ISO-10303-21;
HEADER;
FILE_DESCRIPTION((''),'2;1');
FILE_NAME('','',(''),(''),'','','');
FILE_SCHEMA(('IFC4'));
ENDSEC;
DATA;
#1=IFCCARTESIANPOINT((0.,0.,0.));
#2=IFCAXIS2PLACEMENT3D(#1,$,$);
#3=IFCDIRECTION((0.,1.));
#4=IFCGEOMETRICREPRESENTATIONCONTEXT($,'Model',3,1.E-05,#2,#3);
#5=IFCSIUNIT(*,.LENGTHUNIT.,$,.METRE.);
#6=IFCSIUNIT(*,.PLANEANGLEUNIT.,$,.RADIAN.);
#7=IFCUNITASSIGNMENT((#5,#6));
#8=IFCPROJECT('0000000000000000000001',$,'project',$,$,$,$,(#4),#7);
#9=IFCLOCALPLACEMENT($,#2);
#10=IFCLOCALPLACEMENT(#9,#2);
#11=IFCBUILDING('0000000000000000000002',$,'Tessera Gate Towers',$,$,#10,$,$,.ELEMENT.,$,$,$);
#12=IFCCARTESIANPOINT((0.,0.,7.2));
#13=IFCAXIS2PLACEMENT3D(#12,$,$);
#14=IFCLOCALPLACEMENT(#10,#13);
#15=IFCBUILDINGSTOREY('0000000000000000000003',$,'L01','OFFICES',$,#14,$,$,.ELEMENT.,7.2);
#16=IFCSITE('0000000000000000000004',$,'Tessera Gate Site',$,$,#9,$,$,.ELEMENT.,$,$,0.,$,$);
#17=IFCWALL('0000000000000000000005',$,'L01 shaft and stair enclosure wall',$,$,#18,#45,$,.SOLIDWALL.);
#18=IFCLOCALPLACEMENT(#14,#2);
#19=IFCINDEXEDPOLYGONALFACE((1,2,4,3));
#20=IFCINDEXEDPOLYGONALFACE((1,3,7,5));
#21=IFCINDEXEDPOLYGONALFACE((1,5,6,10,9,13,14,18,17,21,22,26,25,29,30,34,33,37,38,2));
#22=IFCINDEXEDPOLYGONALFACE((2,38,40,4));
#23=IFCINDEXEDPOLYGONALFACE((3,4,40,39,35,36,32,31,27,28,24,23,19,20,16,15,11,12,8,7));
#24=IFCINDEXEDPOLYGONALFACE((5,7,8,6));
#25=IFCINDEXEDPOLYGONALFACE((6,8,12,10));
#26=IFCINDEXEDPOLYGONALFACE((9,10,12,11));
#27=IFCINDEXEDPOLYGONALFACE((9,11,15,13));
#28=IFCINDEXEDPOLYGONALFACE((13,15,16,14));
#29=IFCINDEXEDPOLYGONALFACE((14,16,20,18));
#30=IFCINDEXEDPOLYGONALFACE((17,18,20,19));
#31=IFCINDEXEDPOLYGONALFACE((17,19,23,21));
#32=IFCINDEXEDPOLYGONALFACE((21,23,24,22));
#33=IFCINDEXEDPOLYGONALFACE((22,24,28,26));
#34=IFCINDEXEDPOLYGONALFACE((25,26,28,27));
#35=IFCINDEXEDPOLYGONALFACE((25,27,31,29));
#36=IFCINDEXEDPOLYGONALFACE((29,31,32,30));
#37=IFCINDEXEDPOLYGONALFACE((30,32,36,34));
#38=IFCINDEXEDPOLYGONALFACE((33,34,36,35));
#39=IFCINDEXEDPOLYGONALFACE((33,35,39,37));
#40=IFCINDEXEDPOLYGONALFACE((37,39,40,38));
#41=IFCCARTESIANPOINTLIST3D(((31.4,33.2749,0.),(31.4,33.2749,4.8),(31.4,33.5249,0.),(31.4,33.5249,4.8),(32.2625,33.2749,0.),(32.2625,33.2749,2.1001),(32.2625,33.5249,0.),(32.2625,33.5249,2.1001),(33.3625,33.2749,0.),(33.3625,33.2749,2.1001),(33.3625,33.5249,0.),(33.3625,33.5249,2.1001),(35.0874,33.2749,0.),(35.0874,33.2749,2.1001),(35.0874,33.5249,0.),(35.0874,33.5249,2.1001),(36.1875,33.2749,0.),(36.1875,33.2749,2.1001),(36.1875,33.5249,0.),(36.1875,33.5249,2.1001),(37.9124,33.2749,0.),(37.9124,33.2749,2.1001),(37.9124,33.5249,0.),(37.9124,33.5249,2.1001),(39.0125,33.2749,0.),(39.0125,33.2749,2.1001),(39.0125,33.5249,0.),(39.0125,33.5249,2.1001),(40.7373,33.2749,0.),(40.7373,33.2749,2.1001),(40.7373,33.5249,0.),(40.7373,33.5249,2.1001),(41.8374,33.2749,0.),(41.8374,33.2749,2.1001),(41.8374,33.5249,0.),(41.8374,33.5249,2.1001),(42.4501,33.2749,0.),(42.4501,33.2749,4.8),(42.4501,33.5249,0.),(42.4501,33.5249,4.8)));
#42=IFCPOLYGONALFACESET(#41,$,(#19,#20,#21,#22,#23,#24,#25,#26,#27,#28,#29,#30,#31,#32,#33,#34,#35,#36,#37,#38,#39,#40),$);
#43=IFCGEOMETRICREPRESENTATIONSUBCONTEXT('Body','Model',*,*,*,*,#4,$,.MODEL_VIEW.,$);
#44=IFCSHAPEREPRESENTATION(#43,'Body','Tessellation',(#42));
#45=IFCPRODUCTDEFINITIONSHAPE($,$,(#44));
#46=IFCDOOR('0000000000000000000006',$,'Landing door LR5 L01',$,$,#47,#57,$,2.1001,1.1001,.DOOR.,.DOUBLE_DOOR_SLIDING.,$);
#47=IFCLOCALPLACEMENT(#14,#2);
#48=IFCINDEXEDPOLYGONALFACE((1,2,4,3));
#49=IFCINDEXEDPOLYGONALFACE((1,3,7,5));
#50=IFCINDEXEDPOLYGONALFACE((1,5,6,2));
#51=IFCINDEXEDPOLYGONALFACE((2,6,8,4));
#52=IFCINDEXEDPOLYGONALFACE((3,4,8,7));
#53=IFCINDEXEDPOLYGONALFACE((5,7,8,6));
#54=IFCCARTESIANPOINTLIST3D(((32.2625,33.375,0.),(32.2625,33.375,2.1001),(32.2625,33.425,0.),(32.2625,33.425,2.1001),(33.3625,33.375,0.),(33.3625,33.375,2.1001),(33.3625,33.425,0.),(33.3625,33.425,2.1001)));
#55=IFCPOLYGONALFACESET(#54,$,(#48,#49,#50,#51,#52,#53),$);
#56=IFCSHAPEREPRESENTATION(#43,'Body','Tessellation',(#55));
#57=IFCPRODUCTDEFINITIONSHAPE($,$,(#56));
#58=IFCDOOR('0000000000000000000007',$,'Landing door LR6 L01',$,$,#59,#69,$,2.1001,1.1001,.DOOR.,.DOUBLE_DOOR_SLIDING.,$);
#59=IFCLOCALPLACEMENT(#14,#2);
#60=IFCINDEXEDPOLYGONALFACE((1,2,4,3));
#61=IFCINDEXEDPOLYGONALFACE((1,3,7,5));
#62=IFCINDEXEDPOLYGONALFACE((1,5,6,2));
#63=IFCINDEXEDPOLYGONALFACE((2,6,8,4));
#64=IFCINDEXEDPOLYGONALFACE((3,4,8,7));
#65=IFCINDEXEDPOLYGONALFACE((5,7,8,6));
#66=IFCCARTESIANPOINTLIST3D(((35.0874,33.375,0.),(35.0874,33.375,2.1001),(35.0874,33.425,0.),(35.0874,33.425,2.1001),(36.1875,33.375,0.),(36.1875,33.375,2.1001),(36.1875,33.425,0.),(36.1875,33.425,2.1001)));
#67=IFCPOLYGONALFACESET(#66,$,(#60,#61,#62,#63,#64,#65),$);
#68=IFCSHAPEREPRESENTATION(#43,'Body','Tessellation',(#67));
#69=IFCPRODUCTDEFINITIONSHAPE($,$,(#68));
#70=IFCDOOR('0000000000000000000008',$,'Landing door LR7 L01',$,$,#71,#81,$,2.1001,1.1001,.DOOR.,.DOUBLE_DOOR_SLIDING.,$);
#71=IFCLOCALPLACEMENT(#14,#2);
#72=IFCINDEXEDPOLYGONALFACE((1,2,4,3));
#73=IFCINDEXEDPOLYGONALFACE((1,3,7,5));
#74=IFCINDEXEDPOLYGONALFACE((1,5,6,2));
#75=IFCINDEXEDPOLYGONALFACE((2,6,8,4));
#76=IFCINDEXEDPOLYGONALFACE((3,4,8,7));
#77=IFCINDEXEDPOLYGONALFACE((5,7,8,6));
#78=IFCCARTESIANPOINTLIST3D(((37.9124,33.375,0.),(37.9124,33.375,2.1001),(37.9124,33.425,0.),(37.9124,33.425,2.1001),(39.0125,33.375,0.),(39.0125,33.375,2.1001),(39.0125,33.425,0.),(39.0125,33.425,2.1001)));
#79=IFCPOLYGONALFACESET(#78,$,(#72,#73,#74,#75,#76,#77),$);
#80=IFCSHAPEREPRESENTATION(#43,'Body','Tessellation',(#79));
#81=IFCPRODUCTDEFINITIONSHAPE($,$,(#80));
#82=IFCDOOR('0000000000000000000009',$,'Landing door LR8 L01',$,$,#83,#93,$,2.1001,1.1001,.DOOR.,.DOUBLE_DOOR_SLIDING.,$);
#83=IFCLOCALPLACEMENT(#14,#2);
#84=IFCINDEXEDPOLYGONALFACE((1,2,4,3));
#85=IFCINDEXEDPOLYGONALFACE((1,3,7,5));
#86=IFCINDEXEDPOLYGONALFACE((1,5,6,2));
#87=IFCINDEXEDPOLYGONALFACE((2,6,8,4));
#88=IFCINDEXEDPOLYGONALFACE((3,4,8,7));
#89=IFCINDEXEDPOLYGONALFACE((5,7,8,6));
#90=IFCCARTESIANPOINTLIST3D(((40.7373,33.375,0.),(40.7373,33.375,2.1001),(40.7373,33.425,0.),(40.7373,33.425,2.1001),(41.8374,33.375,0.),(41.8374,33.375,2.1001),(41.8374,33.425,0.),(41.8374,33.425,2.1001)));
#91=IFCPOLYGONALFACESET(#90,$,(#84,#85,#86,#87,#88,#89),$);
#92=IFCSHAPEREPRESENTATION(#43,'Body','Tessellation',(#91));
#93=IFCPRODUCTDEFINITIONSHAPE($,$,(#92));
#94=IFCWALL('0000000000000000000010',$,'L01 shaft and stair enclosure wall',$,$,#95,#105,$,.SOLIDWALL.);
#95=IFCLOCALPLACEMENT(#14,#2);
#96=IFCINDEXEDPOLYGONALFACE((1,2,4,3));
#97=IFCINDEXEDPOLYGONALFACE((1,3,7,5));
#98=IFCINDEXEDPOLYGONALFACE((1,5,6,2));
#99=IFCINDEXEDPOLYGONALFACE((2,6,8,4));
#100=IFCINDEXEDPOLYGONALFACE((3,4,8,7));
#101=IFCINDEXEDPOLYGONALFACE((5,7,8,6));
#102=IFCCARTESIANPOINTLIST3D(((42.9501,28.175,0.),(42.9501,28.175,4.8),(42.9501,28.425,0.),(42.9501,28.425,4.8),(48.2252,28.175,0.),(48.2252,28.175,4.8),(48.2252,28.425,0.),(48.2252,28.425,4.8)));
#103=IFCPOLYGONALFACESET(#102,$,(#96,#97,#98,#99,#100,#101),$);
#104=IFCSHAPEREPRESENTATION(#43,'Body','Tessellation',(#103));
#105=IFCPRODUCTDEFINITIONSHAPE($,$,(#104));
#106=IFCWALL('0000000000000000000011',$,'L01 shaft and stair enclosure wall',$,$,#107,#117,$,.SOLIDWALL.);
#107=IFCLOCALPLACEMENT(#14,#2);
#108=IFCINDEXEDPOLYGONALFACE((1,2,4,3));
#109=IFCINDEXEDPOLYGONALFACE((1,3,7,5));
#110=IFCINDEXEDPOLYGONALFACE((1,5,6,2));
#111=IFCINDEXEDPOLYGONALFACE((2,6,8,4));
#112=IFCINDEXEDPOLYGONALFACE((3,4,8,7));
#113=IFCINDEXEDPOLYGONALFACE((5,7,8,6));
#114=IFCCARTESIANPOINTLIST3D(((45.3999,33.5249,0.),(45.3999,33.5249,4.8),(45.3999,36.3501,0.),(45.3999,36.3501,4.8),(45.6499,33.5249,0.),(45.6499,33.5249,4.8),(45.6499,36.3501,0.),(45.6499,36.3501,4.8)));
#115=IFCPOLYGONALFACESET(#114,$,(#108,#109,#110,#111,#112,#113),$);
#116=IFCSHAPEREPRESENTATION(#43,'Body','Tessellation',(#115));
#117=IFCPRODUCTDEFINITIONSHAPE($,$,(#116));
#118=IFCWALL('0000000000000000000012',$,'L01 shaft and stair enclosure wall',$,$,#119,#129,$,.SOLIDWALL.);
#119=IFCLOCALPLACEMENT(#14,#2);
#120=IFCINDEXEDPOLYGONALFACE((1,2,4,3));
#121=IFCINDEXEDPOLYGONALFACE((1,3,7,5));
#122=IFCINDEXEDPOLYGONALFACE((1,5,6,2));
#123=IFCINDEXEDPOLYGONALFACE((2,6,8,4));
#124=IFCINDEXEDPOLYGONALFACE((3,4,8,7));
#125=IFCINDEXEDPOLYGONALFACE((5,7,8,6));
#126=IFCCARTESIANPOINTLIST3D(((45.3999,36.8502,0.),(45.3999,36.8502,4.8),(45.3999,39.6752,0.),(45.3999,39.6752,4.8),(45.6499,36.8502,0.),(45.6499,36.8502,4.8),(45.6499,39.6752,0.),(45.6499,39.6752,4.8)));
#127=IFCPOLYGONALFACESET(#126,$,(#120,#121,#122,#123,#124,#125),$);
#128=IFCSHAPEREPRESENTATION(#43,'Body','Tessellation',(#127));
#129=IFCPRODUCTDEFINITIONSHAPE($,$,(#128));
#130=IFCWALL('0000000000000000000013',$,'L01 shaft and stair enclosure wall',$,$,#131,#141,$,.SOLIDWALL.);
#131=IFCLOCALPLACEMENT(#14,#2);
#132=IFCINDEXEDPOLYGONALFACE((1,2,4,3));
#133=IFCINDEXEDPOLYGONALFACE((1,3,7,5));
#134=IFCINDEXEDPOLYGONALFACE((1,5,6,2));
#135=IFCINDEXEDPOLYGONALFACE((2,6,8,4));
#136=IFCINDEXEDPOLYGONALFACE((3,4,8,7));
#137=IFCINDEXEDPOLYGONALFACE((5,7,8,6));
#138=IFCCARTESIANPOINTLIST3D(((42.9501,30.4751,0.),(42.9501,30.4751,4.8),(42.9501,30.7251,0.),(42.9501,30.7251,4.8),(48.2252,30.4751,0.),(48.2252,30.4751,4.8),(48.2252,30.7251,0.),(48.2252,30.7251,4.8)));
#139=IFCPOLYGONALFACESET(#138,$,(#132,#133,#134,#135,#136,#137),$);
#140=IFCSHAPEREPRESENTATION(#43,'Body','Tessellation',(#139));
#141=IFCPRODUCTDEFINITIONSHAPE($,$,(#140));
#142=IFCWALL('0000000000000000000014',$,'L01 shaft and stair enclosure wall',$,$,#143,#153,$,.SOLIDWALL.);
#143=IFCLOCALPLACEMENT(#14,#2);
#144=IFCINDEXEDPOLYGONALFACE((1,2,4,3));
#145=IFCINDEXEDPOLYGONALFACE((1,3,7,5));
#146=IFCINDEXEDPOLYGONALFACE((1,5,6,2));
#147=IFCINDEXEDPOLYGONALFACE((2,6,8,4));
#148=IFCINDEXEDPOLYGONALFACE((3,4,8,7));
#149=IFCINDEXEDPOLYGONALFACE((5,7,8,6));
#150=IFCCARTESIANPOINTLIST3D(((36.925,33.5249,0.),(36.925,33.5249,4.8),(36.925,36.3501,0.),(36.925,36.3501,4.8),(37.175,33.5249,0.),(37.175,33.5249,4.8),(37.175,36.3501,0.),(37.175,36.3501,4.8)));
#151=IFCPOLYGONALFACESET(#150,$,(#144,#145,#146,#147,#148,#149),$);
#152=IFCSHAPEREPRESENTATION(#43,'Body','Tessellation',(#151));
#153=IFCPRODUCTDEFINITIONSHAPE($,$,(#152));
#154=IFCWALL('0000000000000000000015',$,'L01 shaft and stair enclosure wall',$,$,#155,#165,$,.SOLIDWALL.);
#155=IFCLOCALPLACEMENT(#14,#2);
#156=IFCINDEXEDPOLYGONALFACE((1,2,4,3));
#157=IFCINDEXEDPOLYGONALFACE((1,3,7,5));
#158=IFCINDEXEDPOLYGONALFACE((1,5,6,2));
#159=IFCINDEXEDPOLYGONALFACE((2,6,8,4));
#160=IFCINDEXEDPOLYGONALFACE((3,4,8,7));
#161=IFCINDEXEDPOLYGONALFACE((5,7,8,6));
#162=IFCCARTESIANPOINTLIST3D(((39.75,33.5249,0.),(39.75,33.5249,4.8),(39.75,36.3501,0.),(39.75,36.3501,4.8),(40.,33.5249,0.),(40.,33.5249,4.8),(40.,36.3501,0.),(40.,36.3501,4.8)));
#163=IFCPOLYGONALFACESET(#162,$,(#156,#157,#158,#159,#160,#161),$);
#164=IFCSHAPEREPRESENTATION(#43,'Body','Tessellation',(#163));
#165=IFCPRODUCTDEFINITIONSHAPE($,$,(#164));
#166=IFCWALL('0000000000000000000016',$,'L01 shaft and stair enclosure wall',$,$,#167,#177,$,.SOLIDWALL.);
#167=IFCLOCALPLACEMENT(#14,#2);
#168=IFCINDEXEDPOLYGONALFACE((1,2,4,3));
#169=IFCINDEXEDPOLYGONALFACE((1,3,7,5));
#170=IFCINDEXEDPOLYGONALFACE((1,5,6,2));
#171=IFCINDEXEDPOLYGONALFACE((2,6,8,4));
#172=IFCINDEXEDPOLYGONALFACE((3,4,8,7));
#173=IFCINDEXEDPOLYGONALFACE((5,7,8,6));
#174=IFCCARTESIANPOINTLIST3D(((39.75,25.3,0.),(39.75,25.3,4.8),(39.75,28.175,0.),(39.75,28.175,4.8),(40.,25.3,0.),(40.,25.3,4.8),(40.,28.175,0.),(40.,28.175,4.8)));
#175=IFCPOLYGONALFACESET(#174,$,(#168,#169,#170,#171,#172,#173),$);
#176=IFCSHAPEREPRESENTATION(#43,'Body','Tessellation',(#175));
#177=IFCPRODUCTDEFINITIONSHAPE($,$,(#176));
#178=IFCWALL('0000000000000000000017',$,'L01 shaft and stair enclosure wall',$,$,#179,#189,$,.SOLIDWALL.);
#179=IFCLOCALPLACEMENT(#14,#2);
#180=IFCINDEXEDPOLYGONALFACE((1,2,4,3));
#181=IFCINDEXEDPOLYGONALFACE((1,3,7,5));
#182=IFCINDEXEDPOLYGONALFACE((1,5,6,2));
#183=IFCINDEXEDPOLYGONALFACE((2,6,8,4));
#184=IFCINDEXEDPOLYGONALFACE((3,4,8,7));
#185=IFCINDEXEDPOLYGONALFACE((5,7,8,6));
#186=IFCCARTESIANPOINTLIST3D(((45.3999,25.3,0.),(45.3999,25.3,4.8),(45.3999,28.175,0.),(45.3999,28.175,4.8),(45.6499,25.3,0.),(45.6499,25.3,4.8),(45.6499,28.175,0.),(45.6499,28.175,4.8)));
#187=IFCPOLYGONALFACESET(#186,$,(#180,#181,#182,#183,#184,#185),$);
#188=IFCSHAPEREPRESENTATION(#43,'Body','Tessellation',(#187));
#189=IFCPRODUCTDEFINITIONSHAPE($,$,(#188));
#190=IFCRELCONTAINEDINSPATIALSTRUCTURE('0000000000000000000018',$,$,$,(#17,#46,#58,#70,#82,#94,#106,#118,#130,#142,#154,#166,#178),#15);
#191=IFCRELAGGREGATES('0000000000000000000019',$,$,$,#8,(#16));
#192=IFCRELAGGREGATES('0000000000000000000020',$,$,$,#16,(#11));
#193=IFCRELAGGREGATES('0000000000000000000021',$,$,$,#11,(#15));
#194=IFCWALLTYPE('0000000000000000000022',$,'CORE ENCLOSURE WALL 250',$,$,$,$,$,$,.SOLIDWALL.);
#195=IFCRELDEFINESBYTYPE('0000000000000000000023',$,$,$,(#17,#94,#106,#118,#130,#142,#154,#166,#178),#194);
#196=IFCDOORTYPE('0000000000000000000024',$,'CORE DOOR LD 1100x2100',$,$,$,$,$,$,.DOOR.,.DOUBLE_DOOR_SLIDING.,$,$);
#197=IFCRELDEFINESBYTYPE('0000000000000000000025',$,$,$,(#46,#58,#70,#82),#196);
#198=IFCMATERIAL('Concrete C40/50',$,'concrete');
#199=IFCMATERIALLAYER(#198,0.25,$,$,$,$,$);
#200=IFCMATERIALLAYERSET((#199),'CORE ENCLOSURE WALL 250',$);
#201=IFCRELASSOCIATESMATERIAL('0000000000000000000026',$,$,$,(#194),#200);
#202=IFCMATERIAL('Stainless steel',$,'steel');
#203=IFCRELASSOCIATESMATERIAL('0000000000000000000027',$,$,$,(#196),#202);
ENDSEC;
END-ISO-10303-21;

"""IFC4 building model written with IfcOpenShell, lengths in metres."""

from ifc_helpers import new_model, si_unit, direction, frame, frame_2d, origin, place, context, subcontext, project, spatial, rectangle, extrude, source, transform, mapped, material, layer, layer_set, type_object, element, fill, save


model = new_model("IFC4")

# Units and contexts
model_context = context("Model", 3, precision=1e-05, world=origin(), true_north=direction((0.0, 1.0)))
body_context = subcontext(model_context, "Body", "Model", "MODEL_VIEW")
ifc_project = project(units=[si_unit("LENGTHUNIT", "METRE"), si_unit("PLANEANGLEUNIT", "RADIAN")], contexts=[model_context])

# Site, building, storey
site_placement = place(None, origin())
site = spatial("IfcSite", under=ifc_project, at=site_placement, Name="Tessera Gate Site", CompositionType="ELEMENT", RefElevation=0.0)
building_placement = place(site_placement, origin())
building = spatial("IfcBuilding", under=site, at=building_placement, Name="Tessera Gate Towers", CompositionType="ELEMENT")
storey_placement = place(building_placement, frame((0.0, 0.0, 7.2)))
storey = spatial("IfcBuildingStorey", under=building, at=storey_placement, Name="L01", Description="OFFICES", CompositionType="ELEMENT", Elevation=7.2)

# Wall, openings, doors
ifc_material_1 = material(Name="Concrete C40/50", Category="concrete")
ifc_layer_1 = layer(ifc_material_1, 0.25)
ifc_layer_set_1 = layer_set([ifc_layer_1], Name="CORE ENCLOSURE WALL 250")
wall_type_1 = type_object("IfcWallType", Name="CORE ENCLOSURE WALL 250", PredefinedType="SOLIDWALL", material=ifc_layer_set_1)
wall_1_placement = place(storey_placement, frame((42.45, 33.3999, 0.0), z_axis=(0.0, 0.0, 1.0), x_axis=(-1.0, 0.0, 0.0)))
wall_1 = element("IfcWall", 1, at=wall_1_placement, inside=storey, type_object=wall_type_1, Name="L01 shaft and stair enclosure wall", PredefinedType="SOLIDWALL", context=body_context, shape_type="SweptSolid", body=[
    extrude(rectangle(XDim=11.05, YDim=0.25, at=frame_2d((5.5249, 0.0))), origin(), (0.0, 0.0, 1.0), 4.8),
])
shared_shape_1 = source(origin(), body_context, "Body", "SweptSolid", [
    extrude(rectangle(XDim=1.1001, YDim=2.1001, at=frame_2d((0.55, 1.05))), frame((0.0, 0.135, 0.0), z_axis=(0.0, -1.0, 0.0), x_axis=(1.0, 0.0, 0.0)), (0.0, 0.0, 1.0), 0.27),
])
opening_1_placement = place(wall_1_placement, frame((9.0874, 0.0, 0.0)))
opening_1 = element("IfcOpeningElement", 2, at=opening_1_placement, cuts=wall_1, PredefinedType="OPENING", context=body_context, shape_type="MappedRepresentation", body=[
    mapped(shared_shape_1, transform((0.0, 0.0, 0.0), scale=1.0)),
])
opening_2_placement = place(wall_1_placement, frame((6.2625, 0.0, 0.0)))
opening_2 = element("IfcOpeningElement", 3, at=opening_2_placement, cuts=wall_1, PredefinedType="OPENING", context=body_context, shape_type="MappedRepresentation", body=[
    mapped(shared_shape_1, transform((0.0, 0.0, 0.0), scale=1.0)),
])
opening_3_placement = place(wall_1_placement, frame((3.4375, 0.0, 0.0)))
opening_3 = element("IfcOpeningElement", 4, at=opening_3_placement, cuts=wall_1, PredefinedType="OPENING", context=body_context, shape_type="MappedRepresentation", body=[
    mapped(shared_shape_1, transform((0.0, 0.0, 0.0), scale=1.0)),
])
opening_4_placement = place(wall_1_placement, frame((0.6125, 0.0, 0.0)))
opening_4 = element("IfcOpeningElement", 5, at=opening_4_placement, cuts=wall_1, PredefinedType="OPENING", context=body_context, shape_type="MappedRepresentation", body=[
    mapped(shared_shape_1, transform((0.0, 0.0, 0.0), scale=1.0)),
])
ifc_material_2 = material(Name="Stainless steel", Category="steel")
door_type_1 = type_object("IfcDoorType", Name="CORE DOOR LD 1100x2100", OperationType="DOUBLE_DOOR_SLIDING", PredefinedType="DOOR", material=ifc_material_2)
shared_shape_2 = source(origin(), body_context, "Body", "SweptSolid", [
    extrude(rectangle(XDim=1.1001, YDim=2.1001, at=frame_2d((0.55, 1.05))), frame((0.0, 0.0249, 0.0), z_axis=(0.0, -1.0, 0.0), x_axis=(1.0, 0.0, 0.0)), (0.0, 0.0, 1.0), 0.05),
])
door_1_placement = place(opening_1_placement, origin())
door_1 = element("IfcDoor", 6, at=door_1_placement, inside=storey, type_object=door_type_1, Name="Landing door LR5 L01", OperationType="DOUBLE_DOOR_SLIDING", OverallHeight=2.1001, OverallWidth=1.1001, PredefinedType="DOOR", context=body_context, shape_type="MappedRepresentation", body=[
    mapped(shared_shape_2, transform((0.0, 0.0, 0.0), scale=1.0)),
])
fill(opening_1, door_1)
door_2_placement = place(opening_2_placement, origin())
door_2 = element("IfcDoor", 7, at=door_2_placement, inside=storey, type_object=door_type_1, Name="Landing door LR6 L01", OperationType="DOUBLE_DOOR_SLIDING", OverallHeight=2.1001, OverallWidth=1.1001, PredefinedType="DOOR", context=body_context, shape_type="MappedRepresentation", body=[
    mapped(shared_shape_2, transform((0.0, 0.0, 0.0), scale=1.0)),
])
fill(opening_2, door_2)
door_3_placement = place(opening_3_placement, origin())
door_3 = element("IfcDoor", 8, at=door_3_placement, inside=storey, type_object=door_type_1, Name="Landing door LR7 L01", OperationType="DOUBLE_DOOR_SLIDING", OverallHeight=2.1001, OverallWidth=1.1001, PredefinedType="DOOR", context=body_context, shape_type="MappedRepresentation", body=[
    mapped(shared_shape_2, transform((0.0, 0.0, 0.0), scale=1.0)),
])
fill(opening_3, door_3)
door_4_placement = place(opening_4_placement, origin())
door_4 = element("IfcDoor", 9, at=door_4_placement, inside=storey, type_object=door_type_1, Name="Landing door LR8 L01", OperationType="DOUBLE_DOOR_SLIDING", OverallHeight=2.1001, OverallWidth=1.1001, PredefinedType="DOOR", context=body_context, shape_type="MappedRepresentation", body=[
    mapped(shared_shape_2, transform((0.0, 0.0, 0.0), scale=1.0)),
])
fill(opening_4, door_4)

# Walls
wall_2_placement = place(storey_placement, frame((42.95, 28.3, 0.0), z_axis=(0.0, 0.0, 1.0), x_axis=(1.0, 0.0, 0.0)))
element("IfcWall", 10, at=wall_2_placement, inside=storey, type_object=wall_type_1, Name="L01 shaft and stair enclosure wall", PredefinedType="SOLIDWALL", context=body_context, shape_type="SweptSolid", body=[
    extrude(rectangle(XDim=5.2751, YDim=0.25, at=frame_2d((2.6377, 0.0))), origin(), (0.0, 0.0, 1.0), 4.8),
])
wall_3_placement = place(storey_placement, frame((45.5249, 33.5249, 0.0), z_axis=(0.0, 0.0, 1.0), x_axis=(0.0, 1.0, 0.0)))
element("IfcWall", 11, at=wall_3_placement, inside=storey, type_object=wall_type_1, Name="L01 shaft and stair enclosure wall", PredefinedType="SOLIDWALL", context=body_context, shape_type="SweptSolid", body=[
    extrude(rectangle(XDim=2.8252, YDim=0.25, at=frame_2d((1.4126, 0.0))), origin(), (0.0, 0.0, 1.0), 4.8),
])
wall_4_placement = place(storey_placement, frame((45.5249, 36.8501, 0.0), z_axis=(0.0, 0.0, 1.0), x_axis=(0.0, 1.0, 0.0)))
element("IfcWall", 12, at=wall_4_placement, inside=storey, type_object=wall_type_1, Name="L01 shaft and stair enclosure wall", PredefinedType="SOLIDWALL", context=body_context, shape_type="SweptSolid", body=[
    extrude(rectangle(XDim=2.825, YDim=0.25, at=frame_2d((1.4126, 0.0))), origin(), (0.0, 0.0, 1.0), 4.8),
])
wall_5_placement = place(storey_placement, frame((42.95, 30.6001, 0.0), z_axis=(0.0, 0.0, 1.0), x_axis=(1.0, 0.0, 0.0)))
element("IfcWall", 13, at=wall_5_placement, inside=storey, type_object=wall_type_1, Name="L01 shaft and stair enclosure wall", PredefinedType="SOLIDWALL", context=body_context, shape_type="SweptSolid", body=[
    extrude(rectangle(XDim=5.2751, YDim=0.25, at=frame_2d((2.6377, 0.0))), origin(), (0.0, 0.0, 1.0), 4.8),
])
for number, where, z_axis, x_axis, name in (
    (14, (37.05, 33.5249, 0.0), (0.0, 0.0, 1.0), (0.0, 1.0, 0.0), "L01 shaft and stair enclosure wall"),
    (15, (39.875, 33.5249, 0.0), (0.0, 0.0, 1.0), (0.0, 1.0, 0.0), "L01 shaft and stair enclosure wall"),
):
    element("IfcWall", number, at=place(storey_placement, frame(where, z_axis=z_axis, x_axis=x_axis)), inside=storey, type_object=wall_type_1, Name=name, PredefinedType="SOLIDWALL", context=body_context, shape_type="SweptSolid", body=[
        extrude(rectangle(XDim=2.8252, YDim=0.25, at=frame_2d((1.4126, 0.0))), origin(), (0.0, 0.0, 1.0), 4.8),
    ])
for number, where, z_axis, x_axis, name in (
    (16, (39.875, 25.3, 0.0), (0.0, 0.0, 1.0), (0.0, 1.0, 0.0), "L01 shaft and stair enclosure wall"),
    (17, (45.5249, 25.3, 0.0), (0.0, 0.0, 1.0), (0.0, 1.0, 0.0), "L01 shaft and stair enclosure wall"),
):
    element("IfcWall", number, at=place(storey_placement, frame(where, z_axis=z_axis, x_axis=x_axis)), inside=storey, type_object=wall_type_1, Name=name, PredefinedType="SOLIDWALL", context=body_context, shape_type="SweptSolid", body=[
        extrude(rectangle(XDim=2.875, YDim=0.25, at=frame_2d((1.4375, 0.0))), origin(), (0.0, 0.0, 1.0), 4.8),
    ])

save(model, "model.ifc")
